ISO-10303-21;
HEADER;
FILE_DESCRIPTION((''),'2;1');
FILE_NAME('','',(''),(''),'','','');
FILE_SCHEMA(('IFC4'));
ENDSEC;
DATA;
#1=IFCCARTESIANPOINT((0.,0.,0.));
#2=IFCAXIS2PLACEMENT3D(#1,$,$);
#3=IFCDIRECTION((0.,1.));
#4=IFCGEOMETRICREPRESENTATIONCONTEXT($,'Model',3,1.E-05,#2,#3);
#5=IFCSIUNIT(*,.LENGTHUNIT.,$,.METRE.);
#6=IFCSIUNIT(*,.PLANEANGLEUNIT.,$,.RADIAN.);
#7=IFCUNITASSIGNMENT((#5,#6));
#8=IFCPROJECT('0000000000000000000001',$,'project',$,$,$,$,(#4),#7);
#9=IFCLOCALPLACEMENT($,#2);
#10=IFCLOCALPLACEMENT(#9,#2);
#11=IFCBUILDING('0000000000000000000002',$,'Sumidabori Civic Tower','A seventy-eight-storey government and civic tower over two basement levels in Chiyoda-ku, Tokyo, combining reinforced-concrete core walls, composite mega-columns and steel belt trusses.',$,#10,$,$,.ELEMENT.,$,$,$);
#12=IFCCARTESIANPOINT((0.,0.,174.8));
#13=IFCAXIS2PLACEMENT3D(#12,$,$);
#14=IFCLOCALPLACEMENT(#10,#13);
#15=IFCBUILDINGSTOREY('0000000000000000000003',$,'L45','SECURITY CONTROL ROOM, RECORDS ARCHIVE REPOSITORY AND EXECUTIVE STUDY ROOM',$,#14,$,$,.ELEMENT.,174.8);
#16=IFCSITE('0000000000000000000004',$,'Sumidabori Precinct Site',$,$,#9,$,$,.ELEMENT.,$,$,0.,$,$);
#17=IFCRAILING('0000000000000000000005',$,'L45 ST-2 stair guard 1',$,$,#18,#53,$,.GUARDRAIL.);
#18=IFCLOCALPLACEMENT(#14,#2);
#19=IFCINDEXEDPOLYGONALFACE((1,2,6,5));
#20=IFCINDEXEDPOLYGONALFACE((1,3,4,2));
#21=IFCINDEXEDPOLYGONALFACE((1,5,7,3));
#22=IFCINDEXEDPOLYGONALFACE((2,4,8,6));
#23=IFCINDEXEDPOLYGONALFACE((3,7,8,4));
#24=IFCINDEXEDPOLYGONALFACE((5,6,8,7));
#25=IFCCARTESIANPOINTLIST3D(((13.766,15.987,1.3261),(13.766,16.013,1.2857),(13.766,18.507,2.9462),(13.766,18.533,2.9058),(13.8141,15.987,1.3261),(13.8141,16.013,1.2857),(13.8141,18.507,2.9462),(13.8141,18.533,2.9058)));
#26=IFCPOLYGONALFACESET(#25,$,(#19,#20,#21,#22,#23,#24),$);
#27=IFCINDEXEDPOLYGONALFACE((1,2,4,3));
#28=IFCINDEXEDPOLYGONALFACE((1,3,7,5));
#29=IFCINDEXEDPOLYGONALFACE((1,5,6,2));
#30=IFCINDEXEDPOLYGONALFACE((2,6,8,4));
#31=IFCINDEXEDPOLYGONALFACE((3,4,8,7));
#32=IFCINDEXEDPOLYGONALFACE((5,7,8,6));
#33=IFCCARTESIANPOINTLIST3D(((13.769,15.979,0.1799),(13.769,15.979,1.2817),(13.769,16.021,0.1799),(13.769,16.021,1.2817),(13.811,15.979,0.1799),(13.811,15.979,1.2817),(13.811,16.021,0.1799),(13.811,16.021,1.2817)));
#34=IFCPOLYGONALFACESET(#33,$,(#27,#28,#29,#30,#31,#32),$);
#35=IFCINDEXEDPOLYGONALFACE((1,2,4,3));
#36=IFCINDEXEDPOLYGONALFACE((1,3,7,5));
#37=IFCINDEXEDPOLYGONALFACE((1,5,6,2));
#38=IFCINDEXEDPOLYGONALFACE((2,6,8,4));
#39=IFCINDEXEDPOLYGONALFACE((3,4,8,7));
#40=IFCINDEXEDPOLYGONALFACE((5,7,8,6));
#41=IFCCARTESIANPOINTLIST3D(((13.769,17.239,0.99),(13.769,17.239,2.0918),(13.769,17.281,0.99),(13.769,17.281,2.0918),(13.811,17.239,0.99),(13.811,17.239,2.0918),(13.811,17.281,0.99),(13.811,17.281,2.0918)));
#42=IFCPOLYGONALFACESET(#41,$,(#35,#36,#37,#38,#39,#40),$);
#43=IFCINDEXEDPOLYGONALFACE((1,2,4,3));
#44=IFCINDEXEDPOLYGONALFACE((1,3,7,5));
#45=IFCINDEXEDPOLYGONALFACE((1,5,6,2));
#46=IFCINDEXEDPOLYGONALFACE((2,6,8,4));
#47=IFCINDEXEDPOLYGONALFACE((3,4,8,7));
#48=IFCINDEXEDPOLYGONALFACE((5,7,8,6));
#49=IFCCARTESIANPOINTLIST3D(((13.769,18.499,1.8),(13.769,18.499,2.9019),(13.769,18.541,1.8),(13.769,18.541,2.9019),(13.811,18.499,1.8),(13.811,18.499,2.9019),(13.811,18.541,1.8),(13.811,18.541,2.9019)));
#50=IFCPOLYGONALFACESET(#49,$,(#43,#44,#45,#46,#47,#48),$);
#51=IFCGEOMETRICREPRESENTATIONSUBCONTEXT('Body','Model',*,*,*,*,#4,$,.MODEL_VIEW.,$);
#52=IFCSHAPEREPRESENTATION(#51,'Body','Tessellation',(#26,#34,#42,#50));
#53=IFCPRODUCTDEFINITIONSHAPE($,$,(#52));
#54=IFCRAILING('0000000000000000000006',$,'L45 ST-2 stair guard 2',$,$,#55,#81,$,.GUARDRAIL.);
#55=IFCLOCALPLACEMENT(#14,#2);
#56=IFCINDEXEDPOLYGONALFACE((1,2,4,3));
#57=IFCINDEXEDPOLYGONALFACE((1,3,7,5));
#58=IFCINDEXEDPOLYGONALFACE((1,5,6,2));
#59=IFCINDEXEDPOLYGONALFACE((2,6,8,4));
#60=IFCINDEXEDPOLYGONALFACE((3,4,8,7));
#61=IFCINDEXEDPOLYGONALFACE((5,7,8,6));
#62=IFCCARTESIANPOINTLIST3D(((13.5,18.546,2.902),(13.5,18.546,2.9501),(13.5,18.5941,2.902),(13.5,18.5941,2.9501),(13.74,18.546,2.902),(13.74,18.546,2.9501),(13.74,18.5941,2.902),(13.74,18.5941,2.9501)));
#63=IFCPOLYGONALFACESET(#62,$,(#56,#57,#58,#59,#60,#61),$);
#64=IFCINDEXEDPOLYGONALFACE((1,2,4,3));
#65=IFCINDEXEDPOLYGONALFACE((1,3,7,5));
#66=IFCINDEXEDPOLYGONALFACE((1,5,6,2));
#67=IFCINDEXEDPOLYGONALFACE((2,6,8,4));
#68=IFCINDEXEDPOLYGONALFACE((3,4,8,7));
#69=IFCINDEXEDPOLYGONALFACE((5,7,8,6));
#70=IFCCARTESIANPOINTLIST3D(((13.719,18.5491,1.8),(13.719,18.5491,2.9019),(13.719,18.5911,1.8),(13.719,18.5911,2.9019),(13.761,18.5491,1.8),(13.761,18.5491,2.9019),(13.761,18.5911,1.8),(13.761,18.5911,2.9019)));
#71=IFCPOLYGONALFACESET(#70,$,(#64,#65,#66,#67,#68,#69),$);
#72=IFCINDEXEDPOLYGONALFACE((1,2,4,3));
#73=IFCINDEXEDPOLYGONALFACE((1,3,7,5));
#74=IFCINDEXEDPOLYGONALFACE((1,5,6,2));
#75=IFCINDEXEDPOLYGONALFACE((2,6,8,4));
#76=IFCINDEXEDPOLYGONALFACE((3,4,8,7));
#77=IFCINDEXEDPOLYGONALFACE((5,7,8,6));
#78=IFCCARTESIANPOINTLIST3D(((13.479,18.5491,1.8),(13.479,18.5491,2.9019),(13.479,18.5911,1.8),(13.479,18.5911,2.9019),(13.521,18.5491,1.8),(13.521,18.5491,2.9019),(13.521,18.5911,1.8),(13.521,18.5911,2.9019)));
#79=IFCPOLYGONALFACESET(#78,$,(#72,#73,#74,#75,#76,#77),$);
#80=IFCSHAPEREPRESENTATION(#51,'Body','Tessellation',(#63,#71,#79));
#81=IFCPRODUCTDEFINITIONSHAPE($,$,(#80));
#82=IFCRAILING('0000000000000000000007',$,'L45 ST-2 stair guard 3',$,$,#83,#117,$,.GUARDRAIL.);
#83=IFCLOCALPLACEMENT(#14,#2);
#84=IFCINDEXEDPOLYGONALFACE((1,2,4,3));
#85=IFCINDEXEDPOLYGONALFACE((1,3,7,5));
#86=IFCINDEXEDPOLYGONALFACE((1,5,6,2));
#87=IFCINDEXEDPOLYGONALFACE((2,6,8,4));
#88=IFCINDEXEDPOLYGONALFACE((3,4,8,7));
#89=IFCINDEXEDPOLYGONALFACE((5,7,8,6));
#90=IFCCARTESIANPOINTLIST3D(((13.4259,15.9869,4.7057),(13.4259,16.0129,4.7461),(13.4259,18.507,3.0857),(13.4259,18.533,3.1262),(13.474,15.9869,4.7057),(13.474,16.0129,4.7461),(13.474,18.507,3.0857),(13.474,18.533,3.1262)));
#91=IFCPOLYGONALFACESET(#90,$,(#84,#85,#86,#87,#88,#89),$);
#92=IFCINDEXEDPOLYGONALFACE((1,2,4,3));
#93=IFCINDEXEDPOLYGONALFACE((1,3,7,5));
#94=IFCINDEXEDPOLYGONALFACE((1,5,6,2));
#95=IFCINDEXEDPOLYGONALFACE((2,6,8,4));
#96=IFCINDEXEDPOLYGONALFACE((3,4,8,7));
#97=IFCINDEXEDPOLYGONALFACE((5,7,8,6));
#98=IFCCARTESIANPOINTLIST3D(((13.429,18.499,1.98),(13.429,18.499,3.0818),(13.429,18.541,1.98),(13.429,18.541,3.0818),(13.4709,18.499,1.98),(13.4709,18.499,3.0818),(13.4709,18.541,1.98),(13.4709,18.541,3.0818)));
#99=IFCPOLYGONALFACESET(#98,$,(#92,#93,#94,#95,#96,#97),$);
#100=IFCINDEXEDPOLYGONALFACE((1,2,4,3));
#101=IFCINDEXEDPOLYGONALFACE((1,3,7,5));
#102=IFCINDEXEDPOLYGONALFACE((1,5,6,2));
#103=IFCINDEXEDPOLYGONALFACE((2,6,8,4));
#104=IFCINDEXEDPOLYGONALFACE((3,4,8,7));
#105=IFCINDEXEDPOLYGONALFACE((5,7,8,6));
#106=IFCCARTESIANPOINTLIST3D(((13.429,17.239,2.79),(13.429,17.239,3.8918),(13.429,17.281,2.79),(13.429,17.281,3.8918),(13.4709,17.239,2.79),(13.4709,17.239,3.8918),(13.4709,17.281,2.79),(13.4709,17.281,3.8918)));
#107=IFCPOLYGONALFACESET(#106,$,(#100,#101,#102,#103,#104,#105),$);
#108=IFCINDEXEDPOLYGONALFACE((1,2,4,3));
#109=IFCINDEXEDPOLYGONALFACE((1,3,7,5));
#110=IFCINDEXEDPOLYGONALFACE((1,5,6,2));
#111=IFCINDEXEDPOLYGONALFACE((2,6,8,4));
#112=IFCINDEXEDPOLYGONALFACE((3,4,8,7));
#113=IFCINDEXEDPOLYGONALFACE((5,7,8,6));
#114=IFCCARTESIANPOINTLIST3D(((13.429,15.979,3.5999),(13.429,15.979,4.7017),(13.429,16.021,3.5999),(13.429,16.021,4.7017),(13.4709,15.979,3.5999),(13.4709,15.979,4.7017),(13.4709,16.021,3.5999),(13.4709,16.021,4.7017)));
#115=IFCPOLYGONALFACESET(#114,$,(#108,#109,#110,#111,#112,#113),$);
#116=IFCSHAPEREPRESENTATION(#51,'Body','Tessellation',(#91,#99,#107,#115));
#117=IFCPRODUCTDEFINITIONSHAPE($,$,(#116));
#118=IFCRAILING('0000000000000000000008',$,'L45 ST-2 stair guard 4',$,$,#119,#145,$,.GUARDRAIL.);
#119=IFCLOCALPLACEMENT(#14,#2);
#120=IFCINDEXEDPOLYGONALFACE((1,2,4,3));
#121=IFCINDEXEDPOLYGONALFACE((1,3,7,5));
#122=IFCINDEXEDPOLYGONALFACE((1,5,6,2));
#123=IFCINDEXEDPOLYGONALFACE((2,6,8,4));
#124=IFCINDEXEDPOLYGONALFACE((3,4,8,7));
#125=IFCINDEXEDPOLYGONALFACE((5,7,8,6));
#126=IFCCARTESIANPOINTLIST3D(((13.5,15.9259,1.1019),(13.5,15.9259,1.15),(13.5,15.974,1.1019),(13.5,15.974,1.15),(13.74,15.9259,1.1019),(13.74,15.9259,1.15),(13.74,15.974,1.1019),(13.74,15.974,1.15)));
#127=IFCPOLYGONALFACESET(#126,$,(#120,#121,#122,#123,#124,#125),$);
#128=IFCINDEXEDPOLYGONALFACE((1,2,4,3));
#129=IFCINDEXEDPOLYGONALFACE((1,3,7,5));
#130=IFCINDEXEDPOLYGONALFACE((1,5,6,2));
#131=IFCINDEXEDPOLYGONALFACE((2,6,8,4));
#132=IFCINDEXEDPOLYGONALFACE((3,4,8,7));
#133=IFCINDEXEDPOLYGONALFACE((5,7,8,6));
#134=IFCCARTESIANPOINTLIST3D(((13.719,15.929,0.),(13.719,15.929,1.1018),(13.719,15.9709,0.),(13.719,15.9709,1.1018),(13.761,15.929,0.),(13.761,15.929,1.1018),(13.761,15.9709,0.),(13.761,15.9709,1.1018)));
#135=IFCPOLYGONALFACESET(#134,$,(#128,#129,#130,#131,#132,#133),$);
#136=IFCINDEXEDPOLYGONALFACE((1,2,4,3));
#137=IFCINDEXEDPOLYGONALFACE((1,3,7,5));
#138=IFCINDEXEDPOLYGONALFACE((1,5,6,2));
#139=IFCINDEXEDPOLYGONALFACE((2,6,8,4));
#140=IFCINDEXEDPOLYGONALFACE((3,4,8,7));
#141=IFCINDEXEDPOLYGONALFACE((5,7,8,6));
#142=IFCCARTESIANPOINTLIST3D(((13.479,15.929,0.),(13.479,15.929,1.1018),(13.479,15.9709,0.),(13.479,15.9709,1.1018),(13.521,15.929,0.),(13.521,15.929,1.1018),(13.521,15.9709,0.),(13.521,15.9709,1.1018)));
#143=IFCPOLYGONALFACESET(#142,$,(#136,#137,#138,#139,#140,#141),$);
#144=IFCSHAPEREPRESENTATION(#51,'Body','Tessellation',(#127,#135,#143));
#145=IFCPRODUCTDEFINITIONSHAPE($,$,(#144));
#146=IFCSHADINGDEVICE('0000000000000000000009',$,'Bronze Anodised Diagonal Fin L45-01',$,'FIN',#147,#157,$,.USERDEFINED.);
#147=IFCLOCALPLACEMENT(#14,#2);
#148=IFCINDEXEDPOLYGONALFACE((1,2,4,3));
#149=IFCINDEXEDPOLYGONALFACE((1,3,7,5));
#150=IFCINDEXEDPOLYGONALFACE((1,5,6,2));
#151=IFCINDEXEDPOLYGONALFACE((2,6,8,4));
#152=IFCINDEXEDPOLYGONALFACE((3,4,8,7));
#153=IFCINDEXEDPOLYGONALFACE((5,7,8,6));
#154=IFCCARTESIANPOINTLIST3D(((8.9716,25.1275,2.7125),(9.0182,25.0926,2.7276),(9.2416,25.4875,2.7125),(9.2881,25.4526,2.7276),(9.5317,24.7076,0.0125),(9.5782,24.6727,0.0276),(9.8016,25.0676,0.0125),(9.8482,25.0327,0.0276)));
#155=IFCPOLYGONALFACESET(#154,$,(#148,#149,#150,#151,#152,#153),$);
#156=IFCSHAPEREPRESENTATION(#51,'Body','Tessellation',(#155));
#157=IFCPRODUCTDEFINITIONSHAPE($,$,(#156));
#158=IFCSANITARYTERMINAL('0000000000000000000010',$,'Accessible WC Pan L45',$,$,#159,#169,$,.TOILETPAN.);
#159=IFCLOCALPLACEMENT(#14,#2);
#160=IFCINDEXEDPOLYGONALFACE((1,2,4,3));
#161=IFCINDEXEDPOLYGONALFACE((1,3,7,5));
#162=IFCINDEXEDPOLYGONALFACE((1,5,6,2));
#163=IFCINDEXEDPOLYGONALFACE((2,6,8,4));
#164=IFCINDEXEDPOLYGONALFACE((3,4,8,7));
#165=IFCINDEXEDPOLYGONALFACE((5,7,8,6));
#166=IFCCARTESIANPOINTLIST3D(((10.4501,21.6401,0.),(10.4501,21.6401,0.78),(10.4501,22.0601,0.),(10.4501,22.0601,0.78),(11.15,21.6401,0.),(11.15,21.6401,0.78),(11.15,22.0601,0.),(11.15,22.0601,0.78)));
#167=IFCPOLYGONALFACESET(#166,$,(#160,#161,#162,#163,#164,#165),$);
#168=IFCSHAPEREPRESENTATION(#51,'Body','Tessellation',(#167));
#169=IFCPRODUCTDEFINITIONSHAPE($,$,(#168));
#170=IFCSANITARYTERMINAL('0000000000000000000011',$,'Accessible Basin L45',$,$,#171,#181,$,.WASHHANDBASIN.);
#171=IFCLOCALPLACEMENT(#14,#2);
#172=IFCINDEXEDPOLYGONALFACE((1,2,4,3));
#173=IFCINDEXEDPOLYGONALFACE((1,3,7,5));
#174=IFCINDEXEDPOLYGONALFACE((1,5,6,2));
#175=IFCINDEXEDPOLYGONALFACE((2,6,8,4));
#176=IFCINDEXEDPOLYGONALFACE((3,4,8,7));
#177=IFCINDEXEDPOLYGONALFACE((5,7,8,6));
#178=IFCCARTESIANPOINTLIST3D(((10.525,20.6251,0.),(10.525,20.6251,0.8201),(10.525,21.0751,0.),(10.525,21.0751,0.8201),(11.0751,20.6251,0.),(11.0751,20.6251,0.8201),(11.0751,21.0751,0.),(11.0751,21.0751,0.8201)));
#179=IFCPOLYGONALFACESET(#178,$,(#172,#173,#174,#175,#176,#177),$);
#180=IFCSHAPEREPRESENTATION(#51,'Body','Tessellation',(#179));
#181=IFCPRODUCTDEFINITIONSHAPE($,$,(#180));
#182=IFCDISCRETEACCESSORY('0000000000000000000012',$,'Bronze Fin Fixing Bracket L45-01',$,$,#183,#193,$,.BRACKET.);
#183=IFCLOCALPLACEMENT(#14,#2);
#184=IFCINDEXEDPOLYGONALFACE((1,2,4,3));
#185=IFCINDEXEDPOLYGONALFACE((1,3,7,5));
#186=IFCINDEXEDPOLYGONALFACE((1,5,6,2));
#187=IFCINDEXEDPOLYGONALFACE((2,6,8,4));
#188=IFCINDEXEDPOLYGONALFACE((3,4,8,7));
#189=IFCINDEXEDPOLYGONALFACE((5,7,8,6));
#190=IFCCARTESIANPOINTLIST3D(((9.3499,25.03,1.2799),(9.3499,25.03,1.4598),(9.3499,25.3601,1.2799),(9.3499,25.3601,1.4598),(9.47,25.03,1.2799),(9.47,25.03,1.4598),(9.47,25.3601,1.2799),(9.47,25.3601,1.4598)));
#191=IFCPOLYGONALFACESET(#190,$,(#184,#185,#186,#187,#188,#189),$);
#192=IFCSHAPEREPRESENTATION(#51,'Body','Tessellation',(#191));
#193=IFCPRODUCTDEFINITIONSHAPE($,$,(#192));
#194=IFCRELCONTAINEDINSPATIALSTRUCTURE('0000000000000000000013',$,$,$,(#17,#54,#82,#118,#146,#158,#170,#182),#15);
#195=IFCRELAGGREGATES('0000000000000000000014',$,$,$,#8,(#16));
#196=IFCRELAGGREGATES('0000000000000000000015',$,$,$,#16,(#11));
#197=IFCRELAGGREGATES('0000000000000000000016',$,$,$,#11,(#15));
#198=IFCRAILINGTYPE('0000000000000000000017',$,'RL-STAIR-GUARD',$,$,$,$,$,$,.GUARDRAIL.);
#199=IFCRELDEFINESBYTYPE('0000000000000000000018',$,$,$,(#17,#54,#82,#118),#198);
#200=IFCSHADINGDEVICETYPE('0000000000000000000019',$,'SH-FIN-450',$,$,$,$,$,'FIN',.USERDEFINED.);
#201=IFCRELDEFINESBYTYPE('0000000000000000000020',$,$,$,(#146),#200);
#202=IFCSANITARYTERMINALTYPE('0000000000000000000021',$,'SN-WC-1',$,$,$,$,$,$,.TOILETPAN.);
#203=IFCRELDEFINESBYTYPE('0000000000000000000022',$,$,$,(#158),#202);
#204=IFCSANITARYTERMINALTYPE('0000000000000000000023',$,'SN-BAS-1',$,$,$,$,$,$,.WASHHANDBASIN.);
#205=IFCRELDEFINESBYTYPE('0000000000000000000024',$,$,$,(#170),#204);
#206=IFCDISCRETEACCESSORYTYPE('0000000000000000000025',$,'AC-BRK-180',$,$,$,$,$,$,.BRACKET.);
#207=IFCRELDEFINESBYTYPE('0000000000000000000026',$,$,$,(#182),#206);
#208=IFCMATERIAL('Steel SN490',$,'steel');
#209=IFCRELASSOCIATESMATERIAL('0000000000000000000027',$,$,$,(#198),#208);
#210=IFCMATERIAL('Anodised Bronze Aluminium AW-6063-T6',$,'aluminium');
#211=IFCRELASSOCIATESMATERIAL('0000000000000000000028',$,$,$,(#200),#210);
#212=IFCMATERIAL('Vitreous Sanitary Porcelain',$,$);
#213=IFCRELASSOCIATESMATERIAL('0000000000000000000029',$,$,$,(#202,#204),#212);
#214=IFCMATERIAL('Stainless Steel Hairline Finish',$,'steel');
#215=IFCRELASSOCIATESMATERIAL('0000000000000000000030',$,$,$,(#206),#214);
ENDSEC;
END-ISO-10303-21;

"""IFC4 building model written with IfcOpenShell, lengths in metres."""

from ifc_helpers import new_model, si_unit, direction, frame, origin, origin_2d, place, context, subcontext, project, spatial, rectangle, extrude, source, transform, mapped, material, material_profile, profile_set, type_object, element, save


model = new_model("IFC4")

# Units and contexts
model_context = context("Model", 3, precision=1e-05, world=origin(), true_north=direction((0.0, 1.0)))
body_context = subcontext(model_context, "Body", "Model", "MODEL_VIEW")
ifc_project = project(units=[si_unit("LENGTHUNIT", "METRE"), si_unit("PLANEANGLEUNIT", "RADIAN")], contexts=[model_context])

# Site, building, storey
site_placement = place(None, origin())
site = spatial("IfcSite", under=ifc_project, at=site_placement, Name="Sumidabori Precinct Site", CompositionType="ELEMENT", RefElevation=0.0)
building_placement = place(site_placement, origin())
building = spatial("IfcBuilding", under=site, at=building_placement, Name="Sumidabori Civic Tower", Description="A seventy-eight-storey government and civic tower over two basement levels in Chiyoda-ku, Tokyo, combining reinforced-concrete core walls, composite mega-columns and steel belt trusses.", CompositionType="ELEMENT")
storey_placement = place(building_placement, frame((0.0, 0.0, 174.8)))
storey = spatial("IfcBuildingStorey", under=building, at=storey_placement, Name="L45", Description="SECURITY CONTROL ROOM, RECORDS ARCHIVE REPOSITORY AND EXECUTIVE STUDY ROOM", CompositionType="ELEMENT", Elevation=174.8)

# Shared definitions
ifc_material_1 = material(Name="Steel SN490", Category="steel")

# Shared definitions
ifc_material_2 = material(Name="Anodised Bronze Aluminium AW-6063-T6", Category="aluminium")

# Railings
ifc_material_3 = material(Name="Stainless Steel Hairline Finish", Category="steel")
railing_type_1 = type_object("IfcRailingType", Name="RL-STAIR-GUARD", PredefinedType="GUARDRAIL", material=ifc_material_1)
railing_1_placement = place(storey_placement, frame((13.79, 16.0, 0.1799)))
element("IfcRailing", 1, at=railing_1_placement, inside=storey, type_object=railing_type_1, Name="L45 ST-2 stair guard 1", PredefinedType="GUARDRAIL", context=body_context, shape_type="SweptSolid", body=[
    extrude(rectangle(XDim=0.0481, YDim=0.0481, at=origin_2d()), frame((0.0, 0.0, 1.126), z_axis=(0.0, 0.841163, 0.540782), x_axis=(-1.0, 0.0, 0.0)), (0.0, 0.0, 1.0), 2.9958),
    extrude(rectangle(XDim=0.042, YDim=0.042, at=origin_2d()), origin(), (0.0, 0.0, 1.0), 1.1018),
    extrude(rectangle(XDim=0.042, YDim=0.042, at=origin_2d()), frame((0.0, 1.26, 0.8101)), (0.0, 0.0, 1.0), 1.1018),
    extrude(rectangle(XDim=0.042, YDim=0.042, at=origin_2d()), frame((0.0, 2.52, 1.6201)), (0.0, 0.0, 1.0), 1.1018),
])
railing_2_placement = place(storey_placement, frame((13.74, 18.5701, 1.8)))
element("IfcRailing", 2, at=railing_2_placement, inside=storey, type_object=railing_type_1, Name="L45 ST-2 stair guard 2", PredefinedType="GUARDRAIL", context=body_context, shape_type="SweptSolid", body=[
    extrude(rectangle(XDim=0.0481, YDim=0.0481, at=origin_2d()), frame((0.0, 0.0, 1.126), z_axis=(-1.0, 0.0, 0.0), x_axis=(0.0, -1.0, 0.0)), (0.0, 0.0, 1.0), 0.24),
    extrude(rectangle(XDim=0.042, YDim=0.042, at=origin_2d()), origin(), (0.0, 0.0, 1.0), 1.1018),
    extrude(rectangle(XDim=0.042, YDim=0.042, at=origin_2d()), frame((-0.24, 0.0, 0.0)), (0.0, 0.0, 1.0), 1.1018),
])
railing_3_placement = place(storey_placement, frame((13.45, 18.52, 1.98)))
element("IfcRailing", 3, at=railing_3_placement, inside=storey, type_object=railing_type_1, Name="L45 ST-2 stair guard 3", PredefinedType="GUARDRAIL", context=body_context, shape_type="SweptSolid", body=[
    extrude(rectangle(XDim=0.0481, YDim=0.0481, at=origin_2d()), frame((0.0, 0.0, 1.126), z_axis=(0.0, -0.8412, 0.540725), x_axis=(1.0, 0.0, 0.0)), (0.0, 0.0, 1.0), 2.9958),
    extrude(rectangle(XDim=0.042, YDim=0.042, at=origin_2d()), origin(), (0.0, 0.0, 1.0), 1.1018),
    extrude(rectangle(XDim=0.042, YDim=0.042, at=origin_2d()), frame((0.0, -1.26, 0.8101)), (0.0, 0.0, 1.0), 1.1018),
    extrude(rectangle(XDim=0.042, YDim=0.042, at=origin_2d()), frame((0.0, -2.52, 1.6199)), (0.0, 0.0, 1.0), 1.1018),
])
railing_4_placement = place(storey_placement, frame((13.74, 15.95, 0.0)))
element("IfcRailing", 4, at=railing_4_placement, inside=storey, type_object=railing_type_1, Name="L45 ST-2 stair guard 4", PredefinedType="GUARDRAIL", context=body_context, shape_type="SweptSolid", body=[
    extrude(rectangle(XDim=0.0481, YDim=0.0481, at=origin_2d()), frame((0.0, 0.0, 1.126), z_axis=(-1.0, 0.0, 0.0), x_axis=(0.0, -1.0, 0.0)), (0.0, 0.0, 1.0), 0.24),
    extrude(rectangle(XDim=0.042, YDim=0.042, at=origin_2d()), origin(), (0.0, 0.0, 1.0), 1.1018),
    extrude(rectangle(XDim=0.042, YDim=0.042, at=origin_2d()), frame((-0.24, 0.0, 0.0)), (0.0, 0.0, 1.0), 1.1018),
])

# Shading device
ifc_material_profile_1 = material_profile(ifc_material_2, rectangle(XDim=0.0601, YDim=0.45, at=origin_2d()), Name="BRONZE FIN 450x60")
ifc_profile_set_1 = profile_set([ifc_material_profile_1], Name="Anodised Bronze Aluminium AW-6063-T6")
shading_device_type = type_object("IfcShadingDeviceType", Name="SH-FIN-450", ElementType="FIN", PredefinedType="USERDEFINED", material=ifc_profile_set_1)
shared_shape_1 = source(origin(), body_context, "Body", "SweptSolid", [
    extrude(rectangle(XDim=0.0601, YDim=0.45, at=origin_2d()), origin(), (0.0, 0.0, 1.0), 2.7893),
])
shading_device_placement = place(storey_placement, frame((9.6899, 24.8701, 0.02), z_axis=(-0.200794, 0.150552, 0.967996), x_axis=(0.774478, -0.580689, 0.250966)))
element("IfcShadingDevice", 5, at=shading_device_placement, inside=storey, type_object=shading_device_type, Name="Bronze Anodised Diagonal Fin L45-01", ObjectType="FIN", PredefinedType="USERDEFINED", context=body_context, shape_type="MappedRepresentation", body=[
    mapped(shared_shape_1, transform((0.0, 0.0, 0.0), x_axis=(1.0, 0.0, 0.0), y_axis=(0.0, 1.0, 0.0), z_axis=(0.0, 0.0, 1.0), scale=1.0)),
])

# Sanitary terminals
ifc_material_4 = material(Name="Vitreous Sanitary Porcelain")
sanitary_terminal_type_1 = type_object("IfcSanitaryTerminalType", Name="SN-WC-1", PredefinedType="TOILETPAN", material=ifc_material_4)
shared_shape_2 = source(origin(), body_context, "Body", "SweptSolid", [
    extrude(rectangle(XDim=0.7, YDim=0.4199, at=origin_2d()), origin(), (0.0, 0.0, 1.0), 0.78),
])
sanitary_terminal_1_placement = place(storey_placement, frame((10.8, 21.8501, 0.0), z_axis=(0.0, 0.0, 1.0), x_axis=(1.0, 0.0, 0.0)))
element("IfcSanitaryTerminal", 6, at=sanitary_terminal_1_placement, inside=storey, type_object=sanitary_terminal_type_1, Name="Accessible WC Pan L45", PredefinedType="TOILETPAN", context=body_context, shape_type="MappedRepresentation", body=[
    mapped(shared_shape_2, transform((0.0, 0.0, 0.0), x_axis=(1.0, 0.0, 0.0), y_axis=(0.0, 1.0, 0.0), z_axis=(0.0, 0.0, 1.0), scale=1.0)),
])
sanitary_terminal_type_2 = type_object("IfcSanitaryTerminalType", Name="SN-BAS-1", PredefinedType="WASHHANDBASIN", material=ifc_material_4)
shared_shape_3 = source(origin(), body_context, "Body", "SweptSolid", [
    extrude(rectangle(XDim=0.55, YDim=0.45, at=origin_2d()), origin(), (0.0, 0.0, 1.0), 0.8201),
])
sanitary_terminal_2_placement = place(storey_placement, frame((10.8, 20.8501, 0.0), z_axis=(0.0, 0.0, 1.0), x_axis=(1.0, 0.0, 0.0)))
element("IfcSanitaryTerminal", 7, at=sanitary_terminal_2_placement, inside=storey, type_object=sanitary_terminal_type_2, Name="Accessible Basin L45", PredefinedType="WASHHANDBASIN", context=body_context, shape_type="MappedRepresentation", body=[
    mapped(shared_shape_3, transform((0.0, 0.0, 0.0), x_axis=(1.0, 0.0, 0.0), y_axis=(0.0, 1.0, 0.0), z_axis=(0.0, 0.0, 1.0), scale=1.0)),
])

# Discrete accessory
ifc_material_profile_2 = material_profile(ifc_material_3, rectangle(XDim=0.1201, YDim=0.1799, at=origin_2d()), Name="STEEL BRACKET 180x120")
ifc_profile_set_2 = profile_set([ifc_material_profile_2], Name="Stainless Steel Hairline Finish")
discrete_accessory_type = type_object("IfcDiscreteAccessoryType", Name="AC-BRK-180", PredefinedType="BRACKET", material=ifc_profile_set_2)
shared_shape_4 = source(origin(), body_context, "Body", "SweptSolid", [
    extrude(rectangle(XDim=0.1201, YDim=0.1799, at=origin_2d()), origin(), (0.0, 0.0, 1.0), 0.3301),
])
discrete_accessory_placement = place(storey_placement, frame((9.4099, 25.03, 1.3699), z_axis=(0.0, 1.0, 0.0), x_axis=(-1.0, 0.0, 0.0)))
element("IfcDiscreteAccessory", 8, at=discrete_accessory_placement, inside=storey, type_object=discrete_accessory_type, Name="Bronze Fin Fixing Bracket L45-01", PredefinedType="BRACKET", context=body_context, shape_type="MappedRepresentation", body=[
    mapped(shared_shape_4, transform((0.0, 0.0, 0.0), x_axis=(1.0, 0.0, 0.0), y_axis=(0.0, 1.0, 0.0), z_axis=(0.0, 0.0, 1.0), scale=1.0)),
])

save(model, "model.ifc")
